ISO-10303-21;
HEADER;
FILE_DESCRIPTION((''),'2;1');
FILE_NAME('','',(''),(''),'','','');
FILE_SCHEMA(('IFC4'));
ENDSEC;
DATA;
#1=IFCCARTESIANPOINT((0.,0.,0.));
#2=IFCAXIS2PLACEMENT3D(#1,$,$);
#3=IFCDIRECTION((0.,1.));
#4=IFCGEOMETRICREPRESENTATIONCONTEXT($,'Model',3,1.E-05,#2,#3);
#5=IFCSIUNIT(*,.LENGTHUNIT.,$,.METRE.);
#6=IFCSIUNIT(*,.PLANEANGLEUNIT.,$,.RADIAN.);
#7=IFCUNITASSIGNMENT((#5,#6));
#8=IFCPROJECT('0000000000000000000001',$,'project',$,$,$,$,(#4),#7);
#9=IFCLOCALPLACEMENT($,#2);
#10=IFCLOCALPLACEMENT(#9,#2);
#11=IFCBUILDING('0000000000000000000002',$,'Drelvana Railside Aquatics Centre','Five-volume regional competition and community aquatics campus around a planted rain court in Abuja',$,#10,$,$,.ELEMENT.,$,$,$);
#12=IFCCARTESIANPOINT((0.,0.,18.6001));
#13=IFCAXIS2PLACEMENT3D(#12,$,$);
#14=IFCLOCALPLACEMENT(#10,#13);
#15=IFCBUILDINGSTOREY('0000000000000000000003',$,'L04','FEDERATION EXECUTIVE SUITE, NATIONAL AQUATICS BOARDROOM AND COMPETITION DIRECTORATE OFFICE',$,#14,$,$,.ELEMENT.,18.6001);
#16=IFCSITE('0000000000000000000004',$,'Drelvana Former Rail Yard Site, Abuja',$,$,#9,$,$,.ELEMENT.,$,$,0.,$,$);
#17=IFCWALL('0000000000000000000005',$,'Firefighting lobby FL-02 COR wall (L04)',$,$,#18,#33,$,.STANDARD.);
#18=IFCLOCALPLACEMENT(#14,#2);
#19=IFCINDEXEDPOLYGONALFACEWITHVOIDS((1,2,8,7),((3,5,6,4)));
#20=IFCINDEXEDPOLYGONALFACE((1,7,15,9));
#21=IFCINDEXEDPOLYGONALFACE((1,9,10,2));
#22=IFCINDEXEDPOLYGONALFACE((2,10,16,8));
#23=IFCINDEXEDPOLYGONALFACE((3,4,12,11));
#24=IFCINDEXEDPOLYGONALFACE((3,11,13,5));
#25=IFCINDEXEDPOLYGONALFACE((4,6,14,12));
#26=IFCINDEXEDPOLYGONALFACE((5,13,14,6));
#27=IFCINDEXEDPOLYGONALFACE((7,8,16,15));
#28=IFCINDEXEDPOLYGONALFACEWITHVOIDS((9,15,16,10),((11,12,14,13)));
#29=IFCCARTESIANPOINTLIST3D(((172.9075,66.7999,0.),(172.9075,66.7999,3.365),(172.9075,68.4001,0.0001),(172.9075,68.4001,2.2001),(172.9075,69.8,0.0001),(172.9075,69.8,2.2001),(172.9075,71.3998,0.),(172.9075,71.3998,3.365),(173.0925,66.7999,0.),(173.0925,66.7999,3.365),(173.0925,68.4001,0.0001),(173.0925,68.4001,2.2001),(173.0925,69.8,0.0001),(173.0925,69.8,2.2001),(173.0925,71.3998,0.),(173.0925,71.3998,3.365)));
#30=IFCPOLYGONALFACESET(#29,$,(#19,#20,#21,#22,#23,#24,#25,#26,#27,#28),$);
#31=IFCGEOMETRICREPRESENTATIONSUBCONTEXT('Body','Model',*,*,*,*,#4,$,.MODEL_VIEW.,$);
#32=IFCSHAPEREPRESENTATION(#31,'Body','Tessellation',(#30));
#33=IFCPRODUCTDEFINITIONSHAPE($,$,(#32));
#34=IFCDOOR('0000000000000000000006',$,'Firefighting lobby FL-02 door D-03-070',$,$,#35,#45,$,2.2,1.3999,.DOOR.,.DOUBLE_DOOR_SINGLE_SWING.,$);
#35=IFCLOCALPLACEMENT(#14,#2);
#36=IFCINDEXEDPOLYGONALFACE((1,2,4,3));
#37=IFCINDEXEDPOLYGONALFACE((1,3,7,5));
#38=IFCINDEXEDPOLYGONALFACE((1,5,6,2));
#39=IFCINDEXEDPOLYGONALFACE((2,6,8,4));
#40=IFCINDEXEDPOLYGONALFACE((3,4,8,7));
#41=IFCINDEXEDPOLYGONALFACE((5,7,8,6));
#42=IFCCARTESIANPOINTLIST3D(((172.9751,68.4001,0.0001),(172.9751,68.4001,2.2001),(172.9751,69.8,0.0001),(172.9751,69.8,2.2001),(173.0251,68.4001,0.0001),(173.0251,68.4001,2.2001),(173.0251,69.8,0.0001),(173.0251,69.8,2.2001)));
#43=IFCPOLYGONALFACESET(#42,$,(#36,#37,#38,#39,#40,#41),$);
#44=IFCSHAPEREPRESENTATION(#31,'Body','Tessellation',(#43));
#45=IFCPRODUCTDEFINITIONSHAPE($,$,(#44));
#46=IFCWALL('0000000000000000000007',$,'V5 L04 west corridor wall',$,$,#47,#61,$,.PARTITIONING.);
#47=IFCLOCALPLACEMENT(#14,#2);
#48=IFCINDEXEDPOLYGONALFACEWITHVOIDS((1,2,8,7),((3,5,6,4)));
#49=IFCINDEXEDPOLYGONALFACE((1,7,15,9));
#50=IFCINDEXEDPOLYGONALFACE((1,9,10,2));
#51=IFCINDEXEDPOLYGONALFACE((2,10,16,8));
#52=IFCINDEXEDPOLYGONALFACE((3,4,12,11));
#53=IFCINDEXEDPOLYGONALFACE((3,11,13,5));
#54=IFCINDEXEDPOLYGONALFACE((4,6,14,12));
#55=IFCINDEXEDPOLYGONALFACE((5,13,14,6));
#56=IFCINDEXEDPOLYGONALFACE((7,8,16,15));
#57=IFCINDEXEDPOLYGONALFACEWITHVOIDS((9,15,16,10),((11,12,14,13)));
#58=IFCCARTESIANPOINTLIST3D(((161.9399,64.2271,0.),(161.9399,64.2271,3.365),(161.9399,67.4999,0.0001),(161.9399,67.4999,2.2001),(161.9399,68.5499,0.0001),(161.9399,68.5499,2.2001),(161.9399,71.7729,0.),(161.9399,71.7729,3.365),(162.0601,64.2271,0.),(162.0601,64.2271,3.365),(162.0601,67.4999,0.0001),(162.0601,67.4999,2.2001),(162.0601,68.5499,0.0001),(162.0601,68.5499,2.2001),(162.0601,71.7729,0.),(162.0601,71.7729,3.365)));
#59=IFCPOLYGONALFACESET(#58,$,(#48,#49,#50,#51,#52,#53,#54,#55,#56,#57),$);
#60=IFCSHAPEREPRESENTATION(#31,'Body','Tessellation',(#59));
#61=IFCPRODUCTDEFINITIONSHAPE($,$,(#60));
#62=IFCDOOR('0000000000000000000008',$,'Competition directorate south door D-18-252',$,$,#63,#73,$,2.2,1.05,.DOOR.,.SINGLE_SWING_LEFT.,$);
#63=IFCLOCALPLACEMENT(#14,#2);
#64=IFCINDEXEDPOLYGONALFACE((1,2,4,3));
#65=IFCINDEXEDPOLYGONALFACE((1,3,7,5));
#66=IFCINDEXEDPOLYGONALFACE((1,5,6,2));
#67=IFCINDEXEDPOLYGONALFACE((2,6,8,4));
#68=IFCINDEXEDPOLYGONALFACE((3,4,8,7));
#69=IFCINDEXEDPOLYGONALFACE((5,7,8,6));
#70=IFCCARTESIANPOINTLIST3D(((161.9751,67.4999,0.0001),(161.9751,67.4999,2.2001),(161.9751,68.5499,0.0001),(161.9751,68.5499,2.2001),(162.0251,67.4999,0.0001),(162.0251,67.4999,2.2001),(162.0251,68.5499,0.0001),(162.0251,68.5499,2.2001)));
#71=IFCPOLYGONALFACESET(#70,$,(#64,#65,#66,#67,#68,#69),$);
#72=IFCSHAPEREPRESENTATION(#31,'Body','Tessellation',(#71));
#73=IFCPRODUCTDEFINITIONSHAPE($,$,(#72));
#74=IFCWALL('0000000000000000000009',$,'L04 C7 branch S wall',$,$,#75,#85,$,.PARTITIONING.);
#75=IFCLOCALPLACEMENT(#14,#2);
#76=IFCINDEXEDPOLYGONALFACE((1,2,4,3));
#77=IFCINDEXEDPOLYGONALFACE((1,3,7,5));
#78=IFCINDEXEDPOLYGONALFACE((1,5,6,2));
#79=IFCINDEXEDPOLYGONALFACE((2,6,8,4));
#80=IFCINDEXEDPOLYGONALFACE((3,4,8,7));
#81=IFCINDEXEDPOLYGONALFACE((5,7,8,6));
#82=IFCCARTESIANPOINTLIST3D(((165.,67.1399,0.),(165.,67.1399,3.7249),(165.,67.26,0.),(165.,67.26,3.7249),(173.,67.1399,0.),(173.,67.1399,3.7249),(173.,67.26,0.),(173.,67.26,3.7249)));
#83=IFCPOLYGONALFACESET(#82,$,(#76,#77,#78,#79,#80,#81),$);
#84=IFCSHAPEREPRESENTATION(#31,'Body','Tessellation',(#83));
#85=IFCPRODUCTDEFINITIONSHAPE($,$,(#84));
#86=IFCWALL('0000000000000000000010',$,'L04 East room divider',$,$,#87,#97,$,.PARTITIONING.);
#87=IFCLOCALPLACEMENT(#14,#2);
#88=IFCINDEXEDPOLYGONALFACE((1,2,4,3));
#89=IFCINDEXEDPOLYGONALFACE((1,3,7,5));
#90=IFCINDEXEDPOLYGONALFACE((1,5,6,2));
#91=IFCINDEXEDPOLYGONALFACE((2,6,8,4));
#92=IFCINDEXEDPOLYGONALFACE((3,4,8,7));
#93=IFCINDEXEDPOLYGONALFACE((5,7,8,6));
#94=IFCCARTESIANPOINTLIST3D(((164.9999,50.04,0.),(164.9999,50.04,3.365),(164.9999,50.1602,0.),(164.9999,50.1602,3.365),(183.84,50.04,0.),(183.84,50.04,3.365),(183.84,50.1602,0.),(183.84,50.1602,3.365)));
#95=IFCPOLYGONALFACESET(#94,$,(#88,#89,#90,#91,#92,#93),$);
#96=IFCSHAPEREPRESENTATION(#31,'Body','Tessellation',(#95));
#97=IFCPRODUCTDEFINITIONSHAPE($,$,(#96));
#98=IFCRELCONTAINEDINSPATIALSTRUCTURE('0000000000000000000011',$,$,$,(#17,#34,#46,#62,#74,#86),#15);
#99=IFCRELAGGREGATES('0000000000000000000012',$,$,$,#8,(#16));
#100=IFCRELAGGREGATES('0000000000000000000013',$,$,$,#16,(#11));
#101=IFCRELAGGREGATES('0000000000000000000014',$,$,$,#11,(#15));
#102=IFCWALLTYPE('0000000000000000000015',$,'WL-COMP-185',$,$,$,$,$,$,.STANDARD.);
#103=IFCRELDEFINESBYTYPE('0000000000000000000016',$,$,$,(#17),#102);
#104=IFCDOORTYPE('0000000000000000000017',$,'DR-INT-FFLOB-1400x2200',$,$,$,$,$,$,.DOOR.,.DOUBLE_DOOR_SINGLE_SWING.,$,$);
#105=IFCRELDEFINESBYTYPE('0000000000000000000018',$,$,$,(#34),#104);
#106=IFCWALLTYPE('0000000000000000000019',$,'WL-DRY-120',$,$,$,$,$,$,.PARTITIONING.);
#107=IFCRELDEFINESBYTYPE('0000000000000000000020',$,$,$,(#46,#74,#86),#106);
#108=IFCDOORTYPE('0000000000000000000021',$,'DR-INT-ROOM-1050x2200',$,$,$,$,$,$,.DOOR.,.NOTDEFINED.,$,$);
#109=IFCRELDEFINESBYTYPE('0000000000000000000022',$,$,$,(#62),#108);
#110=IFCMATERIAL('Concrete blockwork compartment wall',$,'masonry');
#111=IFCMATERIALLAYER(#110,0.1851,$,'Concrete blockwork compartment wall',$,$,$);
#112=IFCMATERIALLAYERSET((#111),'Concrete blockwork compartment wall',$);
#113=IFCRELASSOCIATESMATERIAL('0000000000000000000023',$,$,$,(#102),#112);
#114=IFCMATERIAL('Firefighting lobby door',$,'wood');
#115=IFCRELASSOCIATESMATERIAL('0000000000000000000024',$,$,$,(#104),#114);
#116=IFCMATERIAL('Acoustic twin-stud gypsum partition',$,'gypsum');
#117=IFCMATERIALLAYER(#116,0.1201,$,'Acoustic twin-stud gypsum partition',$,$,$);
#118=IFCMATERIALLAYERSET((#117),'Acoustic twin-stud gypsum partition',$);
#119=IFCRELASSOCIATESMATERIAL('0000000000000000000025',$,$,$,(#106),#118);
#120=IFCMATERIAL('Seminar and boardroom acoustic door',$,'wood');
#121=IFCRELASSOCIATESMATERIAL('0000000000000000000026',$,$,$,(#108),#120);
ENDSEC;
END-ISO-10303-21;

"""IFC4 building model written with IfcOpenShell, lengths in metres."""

from ifc_helpers import new_model, si_unit, direction, frame, frame_2d, origin, place, context, subcontext, project, spatial, rectangle, extrude, material, layer, layer_set, type_object, element, fill, save


model = new_model("IFC4")

# Units and contexts
model_context = context("Model", 3, precision=1e-05, world=origin(), true_north=direction((0.0, 1.0)))
body_context = subcontext(model_context, "Body", "Model", "MODEL_VIEW")
ifc_project = project(units=[si_unit("LENGTHUNIT", "METRE"), si_unit("PLANEANGLEUNIT", "RADIAN")], contexts=[model_context])

# Site, building, storey
site_placement = place(None, origin())
site = spatial("IfcSite", under=ifc_project, at=site_placement, Name="Drelvana Former Rail Yard Site, Abuja", CompositionType="ELEMENT", RefElevation=0.0)
building_placement = place(site_placement, origin())
building = spatial("IfcBuilding", under=site, at=building_placement, Name="Drelvana Railside Aquatics Centre", Description="Five-volume regional competition and community aquatics campus around a planted rain court in Abuja", CompositionType="ELEMENT")
storey_placement = place(building_placement, frame((0.0, 0.0, 18.6001)))
storey = spatial("IfcBuildingStorey", under=building, at=storey_placement, Name="L04", Description="FEDERATION EXECUTIVE SUITE, NATIONAL AQUATICS BOARDROOM AND COMPETITION DIRECTORATE OFFICE", CompositionType="ELEMENT", Elevation=18.6001)

# Walls, openings, doors
ifc_material_1 = material(Name="Concrete blockwork compartment wall", Category="masonry")
ifc_layer_1 = layer(ifc_material_1, 0.1851, Name="Concrete blockwork compartment wall")
ifc_layer_set_1 = layer_set([ifc_layer_1], Name="Concrete blockwork compartment wall")
wall_type_1 = type_object("IfcWallType", Name="WL-COMP-185", PredefinedType="STANDARD", material=ifc_layer_set_1)
wall_1_placement = place(storey_placement, frame((173.0, 66.8, 0.0), z_axis=(0.0, 0.0, 1.0), x_axis=(0.0, 1.0, 0.0)))
wall_1 = element("IfcWall", 1, at=wall_1_placement, inside=storey, type_object=wall_type_1, Name="Firefighting lobby FL-02 COR wall (L04)", PredefinedType="STANDARD", context=body_context, shape_type="SweptSolid", body=[
    extrude(rectangle(XDim=4.5999, YDim=0.1851, at=frame_2d((2.2998, 0.0))), origin(), (0.0, 0.0, 1.0), 3.365),
])
opening_1_placement = place(wall_1_placement, frame((1.6001, 0.0, 0.0)))
opening_1 = element("IfcOpeningElement", 2, at=opening_1_placement, cuts=wall_1, PredefinedType="OPENING", context=body_context, shape_type="SweptSolid", body=[
    extrude(rectangle(XDim=1.3999, YDim=2.2, at=frame_2d((0.7, 1.1001))), frame((0.0, 0.1025, 0.0), z_axis=(0.0, -1.0, 0.0), x_axis=(1.0, 0.0, 0.0)), (0.0, 0.0, 1.0), 0.2051),
])
ifc_material_2 = material(Name="Firefighting lobby door", Category="wood")
door_type_1 = type_object("IfcDoorType", Name="DR-INT-FFLOB-1400x2200", OperationType="DOUBLE_DOOR_SINGLE_SWING", PredefinedType="DOOR", material=ifc_material_2)
door_1_placement = place(opening_1_placement, origin())
door_1 = element("IfcDoor", 3, at=door_1_placement, inside=storey, type_object=door_type_1, Name="Firefighting lobby FL-02 door D-03-070", OperationType="DOUBLE_DOOR_SINGLE_SWING", OverallHeight=2.2, OverallWidth=1.3999, PredefinedType="DOOR", context=body_context, shape_type="SweptSolid", body=[
    extrude(rectangle(XDim=1.3999, YDim=2.2, at=frame_2d((0.7, 1.1001))), frame((0.0, 0.0249, 0.0), z_axis=(0.0, -1.0, 0.0), x_axis=(1.0, 0.0, 0.0)), (0.0, 0.0, 1.0), 0.05),
])
fill(opening_1, door_1)
ifc_material_3 = material(Name="Acoustic twin-stud gypsum partition", Category="gypsum")
ifc_layer_2 = layer(ifc_material_3, 0.1201, Name="Acoustic twin-stud gypsum partition")
ifc_layer_set_2 = layer_set([ifc_layer_2], Name="Acoustic twin-stud gypsum partition")
wall_type_2 = type_object("IfcWallType", Name="WL-DRY-120", PredefinedType="PARTITIONING", material=ifc_layer_set_2)
wall_2_placement = place(storey_placement, frame((162.0, 64.2271, 0.0), z_axis=(0.0, 0.0, 1.0), x_axis=(0.0, 1.0, 0.0)))
wall_2 = element("IfcWall", 4, at=wall_2_placement, inside=storey, type_object=wall_type_2, Name="V5 L04 west corridor wall", PredefinedType="PARTITIONING", context=body_context, shape_type="SweptSolid", body=[
    extrude(rectangle(XDim=7.5459, YDim=0.1201, at=frame_2d((3.7729, 0.0))), origin(), (0.0, 0.0, 1.0), 3.365),
])
opening_2_placement = place(wall_2_placement, frame((3.2729, 0.0, 0.0)))
opening_2 = element("IfcOpeningElement", 5, at=opening_2_placement, cuts=wall_2, PredefinedType="OPENING", context=body_context, shape_type="SweptSolid", body=[
    extrude(rectangle(XDim=1.05, YDim=2.2, at=frame_2d((0.5249, 1.1001))), frame((0.0, 0.0701, 0.0), z_axis=(0.0, -1.0, 0.0), x_axis=(1.0, 0.0, 0.0)), (0.0, 0.0, 1.0), 0.1401),
])
ifc_material_4 = material(Name="Seminar and boardroom acoustic door", Category="wood")
door_type_2 = type_object("IfcDoorType", Name="DR-INT-ROOM-1050x2200", OperationType="NOTDEFINED", PredefinedType="DOOR", material=ifc_material_4)
door_2_placement = place(opening_2_placement, origin())
door_2 = element("IfcDoor", 6, at=door_2_placement, inside=storey, type_object=door_type_2, Name="Competition directorate south door D-18-252", OperationType="SINGLE_SWING_LEFT", OverallHeight=2.2, OverallWidth=1.05, PredefinedType="DOOR", context=body_context, shape_type="SweptSolid", body=[
    extrude(rectangle(XDim=1.05, YDim=2.2, at=frame_2d((0.5249, 1.1001))), frame((0.0, 0.0249, 0.0), z_axis=(0.0, -1.0, 0.0), x_axis=(1.0, 0.0, 0.0)), (0.0, 0.0, 1.0), 0.05),
])
fill(opening_2, door_2)

# Walls
wall_3_placement = place(storey_placement, frame((165.0, 67.2, 0.0), z_axis=(0.0, 0.0, 1.0), x_axis=(1.0, 0.0, 0.0)))
element("IfcWall", 7, at=wall_3_placement, inside=storey, type_object=wall_type_2, Name="L04 C7 branch S wall", PredefinedType="PARTITIONING", context=body_context, shape_type="SweptSolid", body=[
    extrude(rectangle(XDim=8.0, YDim=0.1201, at=frame_2d((4.0, 0.0))), origin(), (0.0, 0.0, 1.0), 3.7249),
])
wall_4_placement = place(storey_placement, frame((165.0, 50.1001, 0.0), z_axis=(0.0, 0.0, 1.0), x_axis=(1.0, 0.0, 0.0)))
element("IfcWall", 8, at=wall_4_placement, inside=storey, type_object=wall_type_2, Name="L04 East room divider", PredefinedType="PARTITIONING", context=body_context, shape_type="SweptSolid", body=[
    extrude(rectangle(XDim=18.8401, YDim=0.1201, at=frame_2d((9.4199, 0.0))), origin(), (0.0, 0.0, 1.0), 3.365),
])

save(model, "model.ifc")
